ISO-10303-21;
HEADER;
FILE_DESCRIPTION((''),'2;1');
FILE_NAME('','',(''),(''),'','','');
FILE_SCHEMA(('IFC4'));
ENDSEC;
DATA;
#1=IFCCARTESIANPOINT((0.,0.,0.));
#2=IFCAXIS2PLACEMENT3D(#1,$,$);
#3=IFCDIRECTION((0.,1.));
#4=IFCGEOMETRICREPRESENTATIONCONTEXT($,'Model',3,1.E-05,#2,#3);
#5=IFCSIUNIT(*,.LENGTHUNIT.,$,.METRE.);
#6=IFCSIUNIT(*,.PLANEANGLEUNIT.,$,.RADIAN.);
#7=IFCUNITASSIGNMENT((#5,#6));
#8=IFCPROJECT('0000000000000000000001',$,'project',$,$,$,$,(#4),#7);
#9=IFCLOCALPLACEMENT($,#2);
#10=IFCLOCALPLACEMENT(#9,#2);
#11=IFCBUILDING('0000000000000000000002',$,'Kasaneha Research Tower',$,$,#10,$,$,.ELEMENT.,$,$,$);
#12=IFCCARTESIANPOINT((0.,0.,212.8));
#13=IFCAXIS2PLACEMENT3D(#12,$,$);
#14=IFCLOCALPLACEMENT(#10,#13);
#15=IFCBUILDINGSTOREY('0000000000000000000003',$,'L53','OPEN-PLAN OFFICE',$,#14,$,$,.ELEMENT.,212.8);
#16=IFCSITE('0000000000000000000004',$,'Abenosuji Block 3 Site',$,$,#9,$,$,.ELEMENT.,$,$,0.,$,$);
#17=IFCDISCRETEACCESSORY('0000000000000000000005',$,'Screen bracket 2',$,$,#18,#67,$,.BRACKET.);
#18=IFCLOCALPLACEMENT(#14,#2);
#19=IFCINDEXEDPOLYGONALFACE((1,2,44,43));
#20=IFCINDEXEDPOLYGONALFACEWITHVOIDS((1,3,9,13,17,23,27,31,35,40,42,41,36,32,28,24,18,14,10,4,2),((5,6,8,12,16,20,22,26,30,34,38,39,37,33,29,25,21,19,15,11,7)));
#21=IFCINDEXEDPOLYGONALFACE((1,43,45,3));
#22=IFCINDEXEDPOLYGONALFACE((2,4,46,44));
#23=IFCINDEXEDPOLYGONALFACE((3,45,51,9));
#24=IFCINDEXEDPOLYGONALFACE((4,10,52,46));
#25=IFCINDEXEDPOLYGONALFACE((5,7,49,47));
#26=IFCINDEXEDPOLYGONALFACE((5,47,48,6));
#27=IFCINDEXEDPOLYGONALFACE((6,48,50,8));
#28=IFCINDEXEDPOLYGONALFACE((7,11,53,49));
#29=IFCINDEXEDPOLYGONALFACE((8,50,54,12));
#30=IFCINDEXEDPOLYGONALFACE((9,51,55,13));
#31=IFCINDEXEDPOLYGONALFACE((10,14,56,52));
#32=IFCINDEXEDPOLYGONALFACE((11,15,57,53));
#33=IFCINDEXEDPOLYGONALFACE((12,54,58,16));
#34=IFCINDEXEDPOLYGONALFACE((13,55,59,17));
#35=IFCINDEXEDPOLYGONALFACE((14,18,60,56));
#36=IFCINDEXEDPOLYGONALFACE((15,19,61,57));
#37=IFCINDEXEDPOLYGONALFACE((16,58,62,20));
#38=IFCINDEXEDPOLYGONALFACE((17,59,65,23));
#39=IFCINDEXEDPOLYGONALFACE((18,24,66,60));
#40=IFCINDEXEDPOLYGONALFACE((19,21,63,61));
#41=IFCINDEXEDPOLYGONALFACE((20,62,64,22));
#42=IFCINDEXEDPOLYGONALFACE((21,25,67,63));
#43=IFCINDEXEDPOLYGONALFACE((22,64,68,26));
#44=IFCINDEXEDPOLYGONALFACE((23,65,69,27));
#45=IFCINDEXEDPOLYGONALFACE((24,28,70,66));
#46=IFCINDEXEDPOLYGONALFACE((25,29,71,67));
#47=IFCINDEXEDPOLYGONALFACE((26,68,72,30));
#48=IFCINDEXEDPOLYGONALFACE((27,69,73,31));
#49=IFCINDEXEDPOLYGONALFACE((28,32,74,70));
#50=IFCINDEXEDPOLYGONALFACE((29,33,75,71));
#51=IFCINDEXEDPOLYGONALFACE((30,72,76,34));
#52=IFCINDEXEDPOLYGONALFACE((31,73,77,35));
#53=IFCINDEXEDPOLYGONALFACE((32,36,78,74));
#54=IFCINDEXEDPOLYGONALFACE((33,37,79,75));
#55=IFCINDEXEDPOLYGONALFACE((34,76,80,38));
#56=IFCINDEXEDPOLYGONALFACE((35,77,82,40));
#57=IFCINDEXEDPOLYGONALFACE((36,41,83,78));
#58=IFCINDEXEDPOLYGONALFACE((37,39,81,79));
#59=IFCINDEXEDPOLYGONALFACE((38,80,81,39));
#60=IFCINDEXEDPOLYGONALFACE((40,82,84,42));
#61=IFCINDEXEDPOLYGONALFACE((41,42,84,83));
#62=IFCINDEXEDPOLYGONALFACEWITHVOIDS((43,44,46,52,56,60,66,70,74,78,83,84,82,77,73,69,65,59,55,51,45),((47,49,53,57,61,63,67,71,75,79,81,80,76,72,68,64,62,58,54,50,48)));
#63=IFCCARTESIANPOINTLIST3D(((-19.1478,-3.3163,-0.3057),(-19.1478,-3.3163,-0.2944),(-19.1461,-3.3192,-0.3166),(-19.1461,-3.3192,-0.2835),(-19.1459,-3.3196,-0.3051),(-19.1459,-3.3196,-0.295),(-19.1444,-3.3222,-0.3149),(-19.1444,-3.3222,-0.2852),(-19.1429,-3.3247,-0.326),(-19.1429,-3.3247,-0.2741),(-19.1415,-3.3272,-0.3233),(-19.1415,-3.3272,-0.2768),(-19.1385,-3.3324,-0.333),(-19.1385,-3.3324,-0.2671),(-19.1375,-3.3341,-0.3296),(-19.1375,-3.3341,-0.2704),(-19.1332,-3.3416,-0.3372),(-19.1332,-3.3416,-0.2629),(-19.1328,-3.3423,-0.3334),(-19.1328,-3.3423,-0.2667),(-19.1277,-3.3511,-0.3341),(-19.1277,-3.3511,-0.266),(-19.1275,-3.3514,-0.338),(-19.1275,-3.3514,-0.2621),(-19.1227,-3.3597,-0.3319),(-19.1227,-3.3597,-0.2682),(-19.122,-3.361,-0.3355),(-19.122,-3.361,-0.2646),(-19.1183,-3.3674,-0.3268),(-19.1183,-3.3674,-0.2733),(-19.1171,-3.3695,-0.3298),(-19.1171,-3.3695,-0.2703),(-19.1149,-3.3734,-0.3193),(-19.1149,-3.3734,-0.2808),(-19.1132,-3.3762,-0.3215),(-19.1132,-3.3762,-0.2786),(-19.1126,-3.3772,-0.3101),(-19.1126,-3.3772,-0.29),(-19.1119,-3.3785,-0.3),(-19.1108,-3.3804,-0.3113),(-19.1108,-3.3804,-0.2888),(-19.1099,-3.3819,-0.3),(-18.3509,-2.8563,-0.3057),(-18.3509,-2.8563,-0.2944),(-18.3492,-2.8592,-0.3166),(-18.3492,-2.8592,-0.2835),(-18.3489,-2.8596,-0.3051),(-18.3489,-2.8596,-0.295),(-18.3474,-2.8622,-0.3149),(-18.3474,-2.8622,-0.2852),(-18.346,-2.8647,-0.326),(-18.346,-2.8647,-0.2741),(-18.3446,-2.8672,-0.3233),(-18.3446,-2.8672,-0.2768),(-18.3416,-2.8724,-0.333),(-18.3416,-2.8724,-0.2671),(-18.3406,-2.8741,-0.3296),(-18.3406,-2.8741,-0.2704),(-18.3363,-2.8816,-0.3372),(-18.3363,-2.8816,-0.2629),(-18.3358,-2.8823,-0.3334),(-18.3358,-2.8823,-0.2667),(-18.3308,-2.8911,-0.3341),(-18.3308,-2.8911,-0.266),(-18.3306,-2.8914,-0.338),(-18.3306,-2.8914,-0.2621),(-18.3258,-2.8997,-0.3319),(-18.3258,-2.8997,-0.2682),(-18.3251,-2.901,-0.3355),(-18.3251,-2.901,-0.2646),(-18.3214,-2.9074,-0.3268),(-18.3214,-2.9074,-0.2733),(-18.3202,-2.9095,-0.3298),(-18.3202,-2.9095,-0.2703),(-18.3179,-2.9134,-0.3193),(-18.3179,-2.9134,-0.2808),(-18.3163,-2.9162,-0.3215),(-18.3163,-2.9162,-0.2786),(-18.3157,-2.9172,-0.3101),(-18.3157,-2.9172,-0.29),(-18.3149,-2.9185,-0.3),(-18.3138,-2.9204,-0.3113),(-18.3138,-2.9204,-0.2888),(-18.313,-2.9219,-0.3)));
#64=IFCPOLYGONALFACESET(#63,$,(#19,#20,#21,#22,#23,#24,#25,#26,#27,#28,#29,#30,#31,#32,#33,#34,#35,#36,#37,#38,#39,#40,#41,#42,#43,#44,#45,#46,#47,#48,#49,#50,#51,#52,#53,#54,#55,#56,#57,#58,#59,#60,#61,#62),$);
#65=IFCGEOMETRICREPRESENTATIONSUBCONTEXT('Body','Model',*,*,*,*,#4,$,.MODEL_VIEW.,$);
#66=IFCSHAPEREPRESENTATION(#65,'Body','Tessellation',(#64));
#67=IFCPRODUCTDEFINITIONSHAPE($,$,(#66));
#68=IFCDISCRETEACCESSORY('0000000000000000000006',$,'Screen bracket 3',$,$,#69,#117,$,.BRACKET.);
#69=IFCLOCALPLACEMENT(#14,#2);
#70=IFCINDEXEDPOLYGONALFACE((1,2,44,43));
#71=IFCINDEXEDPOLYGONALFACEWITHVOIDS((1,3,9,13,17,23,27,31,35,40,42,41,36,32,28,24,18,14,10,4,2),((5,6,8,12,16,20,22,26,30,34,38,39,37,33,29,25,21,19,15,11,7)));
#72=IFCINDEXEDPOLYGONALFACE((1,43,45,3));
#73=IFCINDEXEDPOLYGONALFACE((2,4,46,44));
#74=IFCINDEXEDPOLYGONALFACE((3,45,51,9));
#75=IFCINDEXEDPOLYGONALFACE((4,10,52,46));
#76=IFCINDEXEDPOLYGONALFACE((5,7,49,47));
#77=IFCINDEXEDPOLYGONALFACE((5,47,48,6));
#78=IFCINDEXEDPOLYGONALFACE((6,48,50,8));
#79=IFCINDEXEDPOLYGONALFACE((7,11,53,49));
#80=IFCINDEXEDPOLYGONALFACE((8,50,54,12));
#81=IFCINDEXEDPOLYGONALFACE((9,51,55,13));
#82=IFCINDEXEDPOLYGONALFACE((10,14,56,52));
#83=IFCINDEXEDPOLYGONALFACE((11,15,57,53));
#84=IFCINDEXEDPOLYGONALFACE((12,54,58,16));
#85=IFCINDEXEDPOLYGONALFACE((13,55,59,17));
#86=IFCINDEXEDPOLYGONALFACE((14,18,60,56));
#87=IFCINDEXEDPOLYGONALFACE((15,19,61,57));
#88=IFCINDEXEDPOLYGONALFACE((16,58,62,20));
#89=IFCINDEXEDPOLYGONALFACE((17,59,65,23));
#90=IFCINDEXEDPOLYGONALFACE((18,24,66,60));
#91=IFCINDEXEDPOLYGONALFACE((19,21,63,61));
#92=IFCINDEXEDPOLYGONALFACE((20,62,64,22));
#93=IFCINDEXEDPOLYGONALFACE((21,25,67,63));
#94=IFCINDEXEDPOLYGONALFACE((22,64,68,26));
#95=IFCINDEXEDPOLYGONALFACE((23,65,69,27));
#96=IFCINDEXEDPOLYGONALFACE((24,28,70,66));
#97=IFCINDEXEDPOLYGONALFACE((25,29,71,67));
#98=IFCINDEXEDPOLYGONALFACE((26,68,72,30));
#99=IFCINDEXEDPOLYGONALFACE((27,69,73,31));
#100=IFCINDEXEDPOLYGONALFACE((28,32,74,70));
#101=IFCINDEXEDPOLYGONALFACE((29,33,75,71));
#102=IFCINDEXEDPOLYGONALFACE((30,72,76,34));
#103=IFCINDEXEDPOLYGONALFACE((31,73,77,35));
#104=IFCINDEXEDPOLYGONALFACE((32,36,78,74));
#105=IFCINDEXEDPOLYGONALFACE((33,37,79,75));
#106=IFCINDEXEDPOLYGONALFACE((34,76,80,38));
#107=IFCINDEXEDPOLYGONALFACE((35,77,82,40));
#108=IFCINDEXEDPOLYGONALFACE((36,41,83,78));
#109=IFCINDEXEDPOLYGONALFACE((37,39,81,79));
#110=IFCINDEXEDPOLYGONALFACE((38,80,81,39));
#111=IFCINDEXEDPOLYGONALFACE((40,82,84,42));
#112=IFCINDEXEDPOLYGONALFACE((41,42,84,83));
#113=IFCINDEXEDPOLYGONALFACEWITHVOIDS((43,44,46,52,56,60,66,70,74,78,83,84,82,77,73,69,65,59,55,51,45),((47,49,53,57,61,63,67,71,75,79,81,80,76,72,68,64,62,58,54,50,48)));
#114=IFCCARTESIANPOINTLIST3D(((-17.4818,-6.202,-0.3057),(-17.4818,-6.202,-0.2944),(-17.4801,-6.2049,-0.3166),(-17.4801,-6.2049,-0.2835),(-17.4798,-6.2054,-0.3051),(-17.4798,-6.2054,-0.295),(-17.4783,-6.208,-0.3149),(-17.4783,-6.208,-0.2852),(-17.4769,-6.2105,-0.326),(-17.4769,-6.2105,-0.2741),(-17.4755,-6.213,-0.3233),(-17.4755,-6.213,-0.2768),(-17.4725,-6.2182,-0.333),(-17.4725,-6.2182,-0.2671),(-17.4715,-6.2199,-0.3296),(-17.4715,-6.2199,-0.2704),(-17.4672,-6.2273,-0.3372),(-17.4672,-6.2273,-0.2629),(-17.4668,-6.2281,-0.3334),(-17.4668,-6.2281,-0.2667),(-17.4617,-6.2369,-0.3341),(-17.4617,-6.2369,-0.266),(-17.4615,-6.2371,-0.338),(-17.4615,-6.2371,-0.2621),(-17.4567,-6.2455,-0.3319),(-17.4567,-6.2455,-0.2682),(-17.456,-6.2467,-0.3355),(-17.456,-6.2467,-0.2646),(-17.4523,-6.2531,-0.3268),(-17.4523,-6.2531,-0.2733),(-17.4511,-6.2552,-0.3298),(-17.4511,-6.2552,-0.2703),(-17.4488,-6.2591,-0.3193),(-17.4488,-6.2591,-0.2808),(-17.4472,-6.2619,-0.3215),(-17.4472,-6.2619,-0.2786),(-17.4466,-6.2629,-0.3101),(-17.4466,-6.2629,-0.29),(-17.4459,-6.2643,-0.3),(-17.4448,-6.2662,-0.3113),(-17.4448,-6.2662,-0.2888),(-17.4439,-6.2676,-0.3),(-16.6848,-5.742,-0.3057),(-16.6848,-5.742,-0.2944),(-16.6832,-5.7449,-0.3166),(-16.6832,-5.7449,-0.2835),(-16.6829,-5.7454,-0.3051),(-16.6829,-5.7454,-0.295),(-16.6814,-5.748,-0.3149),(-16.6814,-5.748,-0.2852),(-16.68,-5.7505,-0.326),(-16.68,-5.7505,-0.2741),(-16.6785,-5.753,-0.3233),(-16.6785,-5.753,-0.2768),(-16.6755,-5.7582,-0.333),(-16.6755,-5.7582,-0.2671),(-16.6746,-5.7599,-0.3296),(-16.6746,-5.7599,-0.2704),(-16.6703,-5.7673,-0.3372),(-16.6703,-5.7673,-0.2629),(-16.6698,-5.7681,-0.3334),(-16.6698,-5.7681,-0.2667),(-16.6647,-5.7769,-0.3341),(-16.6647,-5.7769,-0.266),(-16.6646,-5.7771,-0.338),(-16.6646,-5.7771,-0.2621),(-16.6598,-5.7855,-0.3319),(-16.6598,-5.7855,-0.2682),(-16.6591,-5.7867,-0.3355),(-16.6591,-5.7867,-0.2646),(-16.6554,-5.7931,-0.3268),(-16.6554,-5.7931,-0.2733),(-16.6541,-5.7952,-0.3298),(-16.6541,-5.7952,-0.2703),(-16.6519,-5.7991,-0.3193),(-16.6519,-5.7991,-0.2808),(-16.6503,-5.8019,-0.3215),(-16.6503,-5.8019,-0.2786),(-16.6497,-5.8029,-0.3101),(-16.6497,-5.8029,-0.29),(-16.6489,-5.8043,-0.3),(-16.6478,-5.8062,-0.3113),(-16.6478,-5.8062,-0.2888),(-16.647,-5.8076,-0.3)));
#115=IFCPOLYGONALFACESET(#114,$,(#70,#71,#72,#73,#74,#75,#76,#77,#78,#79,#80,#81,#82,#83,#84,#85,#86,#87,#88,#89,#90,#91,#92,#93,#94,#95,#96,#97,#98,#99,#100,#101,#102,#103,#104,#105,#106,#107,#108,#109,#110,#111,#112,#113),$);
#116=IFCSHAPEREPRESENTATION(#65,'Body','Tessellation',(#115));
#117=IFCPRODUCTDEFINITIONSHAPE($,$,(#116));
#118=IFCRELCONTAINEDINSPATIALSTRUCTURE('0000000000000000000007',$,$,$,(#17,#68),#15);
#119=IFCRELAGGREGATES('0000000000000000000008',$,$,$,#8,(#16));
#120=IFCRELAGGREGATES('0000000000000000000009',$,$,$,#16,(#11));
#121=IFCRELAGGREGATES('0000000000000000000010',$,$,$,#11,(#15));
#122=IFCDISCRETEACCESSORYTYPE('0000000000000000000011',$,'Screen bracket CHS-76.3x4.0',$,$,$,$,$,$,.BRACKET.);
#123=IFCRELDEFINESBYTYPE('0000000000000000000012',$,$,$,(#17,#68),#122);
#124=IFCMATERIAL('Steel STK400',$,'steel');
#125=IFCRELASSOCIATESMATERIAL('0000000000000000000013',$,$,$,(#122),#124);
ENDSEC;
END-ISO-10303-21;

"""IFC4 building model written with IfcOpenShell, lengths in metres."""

from ifc_helpers import new_model, si_unit, direction, frame, origin, origin_2d, place, context, subcontext, project, spatial, hollow_circle, extrude, material, material_profile, profile_set, type_object, element, save


model = new_model("IFC4")

# Units and contexts
model_context = context("Model", 3, precision=1e-05, world=origin(), true_north=direction((0.0, 1.0)))
body_context = subcontext(model_context, "Body", "Model", "MODEL_VIEW")
ifc_project = project(units=[si_unit("LENGTHUNIT", "METRE"), si_unit("PLANEANGLEUNIT", "RADIAN")], contexts=[model_context])

# Site, building, storey
site_placement = place(None, origin())
site = spatial("IfcSite", under=ifc_project, at=site_placement, Name="Abenosuji Block 3 Site", CompositionType="ELEMENT", RefElevation=0.0)
building_placement = place(site_placement, origin())
building = spatial("IfcBuilding", under=site, at=building_placement, Name="Kasaneha Research Tower", CompositionType="ELEMENT")
storey_placement = place(building_placement, frame((0.0, 0.0, 212.8)))
storey = spatial("IfcBuildingStorey", under=building, at=storey_placement, Name="L53", Description="OPEN-PLAN OFFICE", CompositionType="ELEMENT", Elevation=212.8)

# Discrete accessories
ifc_material_1 = material(Name="Steel STK400", Category="steel")
ifc_material_profile_1 = material_profile(ifc_material_1, hollow_circle(Radius=0.0381, WallThickness=0.0039, at=origin_2d()), Name="CHS-76.3x4.0")
ifc_profile_set_1 = profile_set([ifc_material_profile_1], Name="Steel STK400")
discrete_accessory_type = type_object("IfcDiscreteAccessoryType", Name="Screen bracket CHS-76.3x4.0", PredefinedType="BRACKET", material=ifc_profile_set_1)
for number, where, z_axis, x_axis, name in (
    (1, (-18.332, -2.8889, -0.3), (-0.86608, -0.499906, 0.0), (0.499906, -0.86608, 0.0), "Screen bracket 2"),
    (2, (-16.666, -5.7747, -0.3), (-0.86608, -0.499906, 0.0), (0.499906, -0.86608, 0.0), "Screen bracket 3"),
):
    element("IfcDiscreteAccessory", number, at=place(storey_placement, frame(where, z_axis=z_axis, x_axis=x_axis)), inside=storey, type_object=discrete_accessory_type, Name=name, PredefinedType="BRACKET", context=body_context, shape_type="SweptSolid", body=[
        extrude(hollow_circle(Radius=0.0381, WallThickness=0.0039, at=origin_2d()), origin(), (0.0, 0.0, 1.0), 0.9202),
    ])

save(model, "model.ifc")
